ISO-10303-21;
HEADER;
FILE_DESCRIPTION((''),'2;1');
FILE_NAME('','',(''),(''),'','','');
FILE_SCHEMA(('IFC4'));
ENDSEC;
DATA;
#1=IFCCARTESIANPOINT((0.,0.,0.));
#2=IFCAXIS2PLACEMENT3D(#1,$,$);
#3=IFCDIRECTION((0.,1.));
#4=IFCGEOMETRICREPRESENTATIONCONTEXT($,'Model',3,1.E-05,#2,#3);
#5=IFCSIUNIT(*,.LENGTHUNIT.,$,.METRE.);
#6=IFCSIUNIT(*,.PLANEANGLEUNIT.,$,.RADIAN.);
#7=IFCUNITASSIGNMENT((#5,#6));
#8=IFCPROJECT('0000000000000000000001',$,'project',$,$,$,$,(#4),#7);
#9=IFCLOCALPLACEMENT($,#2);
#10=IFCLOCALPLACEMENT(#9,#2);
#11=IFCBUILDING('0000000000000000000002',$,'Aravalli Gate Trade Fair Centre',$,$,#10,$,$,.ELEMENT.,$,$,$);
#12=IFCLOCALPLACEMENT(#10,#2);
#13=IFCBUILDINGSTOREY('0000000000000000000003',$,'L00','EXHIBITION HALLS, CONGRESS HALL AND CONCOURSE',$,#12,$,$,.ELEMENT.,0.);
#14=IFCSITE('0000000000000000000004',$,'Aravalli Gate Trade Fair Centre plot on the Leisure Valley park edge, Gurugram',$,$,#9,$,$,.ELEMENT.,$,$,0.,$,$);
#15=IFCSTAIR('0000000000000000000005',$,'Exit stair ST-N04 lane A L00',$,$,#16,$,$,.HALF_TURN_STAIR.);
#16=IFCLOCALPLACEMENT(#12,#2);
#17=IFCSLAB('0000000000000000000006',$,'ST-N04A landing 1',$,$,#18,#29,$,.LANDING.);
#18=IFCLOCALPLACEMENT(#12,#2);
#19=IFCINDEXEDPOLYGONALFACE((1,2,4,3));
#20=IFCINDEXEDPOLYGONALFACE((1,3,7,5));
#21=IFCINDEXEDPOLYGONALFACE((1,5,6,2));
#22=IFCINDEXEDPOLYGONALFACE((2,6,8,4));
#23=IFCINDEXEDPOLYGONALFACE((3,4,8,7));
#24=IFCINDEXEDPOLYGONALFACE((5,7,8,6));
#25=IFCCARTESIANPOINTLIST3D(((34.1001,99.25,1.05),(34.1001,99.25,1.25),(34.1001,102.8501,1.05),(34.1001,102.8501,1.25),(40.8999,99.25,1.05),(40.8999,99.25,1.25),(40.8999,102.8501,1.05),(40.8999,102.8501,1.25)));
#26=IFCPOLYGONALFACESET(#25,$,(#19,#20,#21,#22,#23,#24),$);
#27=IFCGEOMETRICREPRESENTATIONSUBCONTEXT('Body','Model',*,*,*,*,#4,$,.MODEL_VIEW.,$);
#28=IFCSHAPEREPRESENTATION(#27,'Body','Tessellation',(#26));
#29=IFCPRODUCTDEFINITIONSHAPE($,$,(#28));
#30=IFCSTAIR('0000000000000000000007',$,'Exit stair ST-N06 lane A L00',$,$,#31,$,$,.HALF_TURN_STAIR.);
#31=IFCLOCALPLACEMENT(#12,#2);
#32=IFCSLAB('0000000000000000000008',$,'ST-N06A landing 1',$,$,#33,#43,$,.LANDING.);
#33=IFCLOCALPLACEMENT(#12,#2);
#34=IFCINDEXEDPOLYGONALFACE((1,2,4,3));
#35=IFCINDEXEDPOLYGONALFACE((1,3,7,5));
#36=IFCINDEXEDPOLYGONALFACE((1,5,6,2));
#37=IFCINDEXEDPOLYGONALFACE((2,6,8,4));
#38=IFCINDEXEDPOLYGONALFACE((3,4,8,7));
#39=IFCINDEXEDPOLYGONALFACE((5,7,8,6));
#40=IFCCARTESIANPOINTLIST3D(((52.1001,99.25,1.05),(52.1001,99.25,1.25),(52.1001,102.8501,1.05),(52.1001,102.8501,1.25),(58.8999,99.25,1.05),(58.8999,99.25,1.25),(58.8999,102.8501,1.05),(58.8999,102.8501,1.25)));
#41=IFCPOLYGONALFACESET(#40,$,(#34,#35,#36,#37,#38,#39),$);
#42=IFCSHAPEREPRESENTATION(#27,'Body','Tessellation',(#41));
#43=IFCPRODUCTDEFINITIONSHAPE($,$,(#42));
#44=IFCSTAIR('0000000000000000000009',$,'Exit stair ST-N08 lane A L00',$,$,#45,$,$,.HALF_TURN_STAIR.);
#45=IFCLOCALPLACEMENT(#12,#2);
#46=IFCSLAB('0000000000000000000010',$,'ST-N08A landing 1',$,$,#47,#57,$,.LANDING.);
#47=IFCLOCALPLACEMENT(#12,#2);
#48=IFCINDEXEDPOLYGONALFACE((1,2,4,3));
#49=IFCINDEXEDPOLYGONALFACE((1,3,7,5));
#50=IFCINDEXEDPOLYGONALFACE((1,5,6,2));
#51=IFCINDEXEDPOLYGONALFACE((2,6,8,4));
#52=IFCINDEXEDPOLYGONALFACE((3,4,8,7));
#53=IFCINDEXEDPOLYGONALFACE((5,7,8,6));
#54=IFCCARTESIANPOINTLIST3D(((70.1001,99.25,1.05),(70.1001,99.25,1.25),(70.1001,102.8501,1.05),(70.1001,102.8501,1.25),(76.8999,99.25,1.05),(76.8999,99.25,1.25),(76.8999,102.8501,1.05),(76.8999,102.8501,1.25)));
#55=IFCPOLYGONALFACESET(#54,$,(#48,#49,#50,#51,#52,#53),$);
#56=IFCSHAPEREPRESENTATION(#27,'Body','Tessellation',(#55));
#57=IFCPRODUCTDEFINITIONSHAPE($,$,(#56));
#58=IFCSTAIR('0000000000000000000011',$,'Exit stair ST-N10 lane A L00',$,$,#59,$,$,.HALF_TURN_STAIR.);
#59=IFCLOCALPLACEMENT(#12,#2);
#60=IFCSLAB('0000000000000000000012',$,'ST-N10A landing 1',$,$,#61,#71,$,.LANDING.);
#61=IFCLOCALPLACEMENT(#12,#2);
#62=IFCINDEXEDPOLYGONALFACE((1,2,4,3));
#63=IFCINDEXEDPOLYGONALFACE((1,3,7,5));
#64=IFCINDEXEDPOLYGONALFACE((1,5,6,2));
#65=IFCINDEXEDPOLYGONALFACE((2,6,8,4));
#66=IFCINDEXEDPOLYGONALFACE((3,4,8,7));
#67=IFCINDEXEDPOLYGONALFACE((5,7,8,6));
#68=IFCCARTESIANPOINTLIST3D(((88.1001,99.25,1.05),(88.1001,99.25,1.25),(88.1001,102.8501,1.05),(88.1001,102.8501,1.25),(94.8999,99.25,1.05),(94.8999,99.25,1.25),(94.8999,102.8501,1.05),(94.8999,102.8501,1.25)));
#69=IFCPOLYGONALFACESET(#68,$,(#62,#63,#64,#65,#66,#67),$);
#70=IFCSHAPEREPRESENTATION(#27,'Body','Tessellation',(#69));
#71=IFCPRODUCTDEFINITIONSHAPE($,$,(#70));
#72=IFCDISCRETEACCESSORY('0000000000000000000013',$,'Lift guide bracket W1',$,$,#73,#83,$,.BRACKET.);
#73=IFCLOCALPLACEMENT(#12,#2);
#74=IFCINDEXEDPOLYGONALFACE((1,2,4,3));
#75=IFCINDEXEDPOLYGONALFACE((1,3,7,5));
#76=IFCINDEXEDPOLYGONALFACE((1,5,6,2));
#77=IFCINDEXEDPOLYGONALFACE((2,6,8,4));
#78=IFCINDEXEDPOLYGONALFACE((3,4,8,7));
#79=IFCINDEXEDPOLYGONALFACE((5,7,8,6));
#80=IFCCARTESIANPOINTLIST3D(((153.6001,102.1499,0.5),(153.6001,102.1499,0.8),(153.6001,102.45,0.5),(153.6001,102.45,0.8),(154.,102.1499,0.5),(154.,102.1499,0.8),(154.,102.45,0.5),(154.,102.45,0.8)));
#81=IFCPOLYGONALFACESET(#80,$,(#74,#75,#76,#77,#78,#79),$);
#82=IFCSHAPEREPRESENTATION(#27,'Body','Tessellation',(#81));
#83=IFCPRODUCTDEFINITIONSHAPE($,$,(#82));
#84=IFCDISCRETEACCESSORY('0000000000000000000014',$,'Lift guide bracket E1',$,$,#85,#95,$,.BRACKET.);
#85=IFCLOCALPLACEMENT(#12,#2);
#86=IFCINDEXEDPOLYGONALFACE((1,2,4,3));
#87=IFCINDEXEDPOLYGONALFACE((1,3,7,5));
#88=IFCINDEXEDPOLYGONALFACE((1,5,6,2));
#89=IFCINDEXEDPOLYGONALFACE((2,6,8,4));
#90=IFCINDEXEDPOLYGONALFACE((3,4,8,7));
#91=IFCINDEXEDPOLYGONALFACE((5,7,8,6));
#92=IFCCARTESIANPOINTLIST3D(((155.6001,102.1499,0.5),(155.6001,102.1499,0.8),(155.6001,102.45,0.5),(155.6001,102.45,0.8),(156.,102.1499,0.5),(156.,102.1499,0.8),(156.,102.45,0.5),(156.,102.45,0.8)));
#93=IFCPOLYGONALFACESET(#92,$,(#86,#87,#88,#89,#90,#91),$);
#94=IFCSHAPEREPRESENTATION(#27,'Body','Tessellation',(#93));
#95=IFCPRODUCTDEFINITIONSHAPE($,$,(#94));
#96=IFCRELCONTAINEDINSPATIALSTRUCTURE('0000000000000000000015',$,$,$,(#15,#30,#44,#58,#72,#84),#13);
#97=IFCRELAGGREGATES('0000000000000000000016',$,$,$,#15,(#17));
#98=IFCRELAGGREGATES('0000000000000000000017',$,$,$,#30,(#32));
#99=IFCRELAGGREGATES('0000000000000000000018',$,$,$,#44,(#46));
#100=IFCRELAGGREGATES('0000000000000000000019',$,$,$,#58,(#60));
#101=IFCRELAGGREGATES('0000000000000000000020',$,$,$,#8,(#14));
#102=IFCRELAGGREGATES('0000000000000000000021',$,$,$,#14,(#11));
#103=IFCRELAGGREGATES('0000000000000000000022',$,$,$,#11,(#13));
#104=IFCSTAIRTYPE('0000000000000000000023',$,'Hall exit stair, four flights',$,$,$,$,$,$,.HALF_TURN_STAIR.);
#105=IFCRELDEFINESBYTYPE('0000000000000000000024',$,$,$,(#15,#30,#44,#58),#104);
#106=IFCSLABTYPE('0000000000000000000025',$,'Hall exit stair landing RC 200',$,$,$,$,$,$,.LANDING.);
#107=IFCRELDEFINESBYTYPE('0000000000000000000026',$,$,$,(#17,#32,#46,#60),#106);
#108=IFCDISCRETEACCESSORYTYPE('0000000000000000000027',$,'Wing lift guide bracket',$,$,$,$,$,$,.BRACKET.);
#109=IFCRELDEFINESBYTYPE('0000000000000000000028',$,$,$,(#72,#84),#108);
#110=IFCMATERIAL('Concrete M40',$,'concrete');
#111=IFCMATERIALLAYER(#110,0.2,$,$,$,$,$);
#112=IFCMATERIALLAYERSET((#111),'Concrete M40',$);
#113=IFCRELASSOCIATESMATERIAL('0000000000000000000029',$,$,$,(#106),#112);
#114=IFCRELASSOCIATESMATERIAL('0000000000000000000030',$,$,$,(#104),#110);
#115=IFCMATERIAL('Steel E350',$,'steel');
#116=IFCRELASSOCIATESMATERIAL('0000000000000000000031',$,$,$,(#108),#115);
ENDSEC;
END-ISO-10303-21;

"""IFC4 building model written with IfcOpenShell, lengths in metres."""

from ifc_helpers import new_model, si_unit, direction, frame, origin, place, context, subcontext, project, spatial, polyline, outline, extrude, material, layer, layer_set, type_object, element, aggregate, save


model = new_model("IFC4")

# Units and contexts
model_context = context("Model", 3, precision=1e-05, world=origin(), true_north=direction((0.0, 1.0)))
body_context = subcontext(model_context, "Body", "Model", "MODEL_VIEW")
ifc_project = project(units=[si_unit("LENGTHUNIT", "METRE"), si_unit("PLANEANGLEUNIT", "RADIAN")], contexts=[model_context])

# Site, building, storey
site_placement = place(None, origin())
site = spatial("IfcSite", under=ifc_project, at=site_placement, Name="Aravalli Gate Trade Fair Centre plot on the Leisure Valley park edge, Gurugram", CompositionType="ELEMENT", RefElevation=0.0)
building_placement = place(site_placement, origin())
building = spatial("IfcBuilding", under=site, at=building_placement, Name="Aravalli Gate Trade Fair Centre", CompositionType="ELEMENT")
storey_placement = place(building_placement, origin())
storey = spatial("IfcBuildingStorey", under=building, at=storey_placement, Name="L00", Description="EXHIBITION HALLS, CONGRESS HALL AND CONCOURSE", CompositionType="ELEMENT", Elevation=0.0)

# Stairs, slabs
ifc_material_1 = material(Name="Concrete M40", Category="concrete")
ifc_layer_1 = layer(ifc_material_1, 0.2)
ifc_layer_set_1 = layer_set([ifc_layer_1], Name="Concrete M40")
slab_type_1 = type_object("IfcSlabType", Name="Hall exit stair landing RC 200", PredefinedType="LANDING", material=ifc_layer_set_1)
stair_type_1 = type_object("IfcStairType", Name="Hall exit stair, four flights", PredefinedType="HALF_TURN_STAIR", material=ifc_material_1)
stair_1_placement = place(storey_placement, origin())
stair_1 = element("IfcStair", 1, at=stair_1_placement, inside=storey, type_object=stair_type_1, Name="Exit stair ST-N04 lane A L00", PredefinedType="HALF_TURN_STAIR")
slab_1_placement = place(storey_placement, frame((0.0, 0.0, 1.05)))
slab_1 = element("IfcSlab", 2, at=slab_1_placement, type_object=slab_type_1, Name="ST-N04A landing 1", PredefinedType="LANDING", context=body_context, shape_type="SweptSolid", body=[
    extrude(outline(polyline([(34.1001, 102.8501), (40.8999, 102.8501), (40.8999, 99.25), (34.1001, 99.25), (34.1001, 102.8501)])), origin(), (0.0, 0.0, 1.0), 0.2),
])
aggregate(stair_1, [slab_1])
stair_2_placement = place(storey_placement, origin())
stair_2 = element("IfcStair", 3, at=stair_2_placement, inside=storey, type_object=stair_type_1, Name="Exit stair ST-N06 lane A L00", PredefinedType="HALF_TURN_STAIR")
slab_2_placement = place(storey_placement, frame((0.0, 0.0, 1.05)))
slab_2 = element("IfcSlab", 4, at=slab_2_placement, type_object=slab_type_1, Name="ST-N06A landing 1", PredefinedType="LANDING", context=body_context, shape_type="SweptSolid", body=[
    extrude(outline(polyline([(52.1001, 102.8501), (58.8999, 102.8501), (58.8999, 99.25), (52.1001, 99.25), (52.1001, 102.8501)])), origin(), (0.0, 0.0, 1.0), 0.2),
])
aggregate(stair_2, [slab_2])
stair_3_placement = place(storey_placement, origin())
stair_3 = element("IfcStair", 5, at=stair_3_placement, inside=storey, type_object=stair_type_1, Name="Exit stair ST-N08 lane A L00", PredefinedType="HALF_TURN_STAIR")
slab_3_placement = place(storey_placement, frame((0.0, 0.0, 1.05)))
slab_3 = element("IfcSlab", 6, at=slab_3_placement, type_object=slab_type_1, Name="ST-N08A landing 1", PredefinedType="LANDING", context=body_context, shape_type="SweptSolid", body=[
    extrude(outline(polyline([(70.1001, 102.8501), (76.8999, 102.8501), (76.8999, 99.25), (70.1001, 99.25), (70.1001, 102.8501)])), origin(), (0.0, 0.0, 1.0), 0.2),
])
aggregate(stair_3, [slab_3])
stair_4_placement = place(storey_placement, origin())
stair_4 = element("IfcStair", 7, at=stair_4_placement, inside=storey, type_object=stair_type_1, Name="Exit stair ST-N10 lane A L00", PredefinedType="HALF_TURN_STAIR")
slab_4_placement = place(storey_placement, frame((0.0, 0.0, 1.05)))
slab_4 = element("IfcSlab", 8, at=slab_4_placement, type_object=slab_type_1, Name="ST-N10A landing 1", PredefinedType="LANDING", context=body_context, shape_type="SweptSolid", body=[
    extrude(outline(polyline([(88.1001, 102.8501), (94.8999, 102.8501), (94.8999, 99.25), (88.1001, 99.25), (88.1001, 102.8501)])), origin(), (0.0, 0.0, 1.0), 0.2),
])
aggregate(stair_4, [slab_4])

# Discrete accessories
ifc_material_2 = material(Name="Steel E350", Category="steel")
discrete_accessory_type = type_object("IfcDiscreteAccessoryType", Name="Wing lift guide bracket", PredefinedType="BRACKET", material=ifc_material_2)
discrete_accessory_1_placement = place(storey_placement, frame((0.0, 0.0, 0.5)))
element("IfcDiscreteAccessory", 9, at=discrete_accessory_1_placement, inside=storey, type_object=discrete_accessory_type, Name="Lift guide bracket W1", PredefinedType="BRACKET", context=body_context, shape_type="SweptSolid", body=[
    extrude(outline(polyline([(153.6001, 102.1499), (154.0, 102.1499), (154.0, 102.45), (153.6001, 102.45), (153.6001, 102.1499)])), origin(), (0.0, 0.0, 1.0), 0.3),
])
discrete_accessory_2_placement = place(storey_placement, frame((0.0, 0.0, 0.5)))
element("IfcDiscreteAccessory", 10, at=discrete_accessory_2_placement, inside=storey, type_object=discrete_accessory_type, Name="Lift guide bracket E1", PredefinedType="BRACKET", context=body_context, shape_type="SweptSolid", body=[
    extrude(outline(polyline([(155.6001, 102.1499), (156.0, 102.1499), (156.0, 102.45), (155.6001, 102.45), (155.6001, 102.1499)])), origin(), (0.0, 0.0, 1.0), 0.3),
])

save(model, "model.ifc")
